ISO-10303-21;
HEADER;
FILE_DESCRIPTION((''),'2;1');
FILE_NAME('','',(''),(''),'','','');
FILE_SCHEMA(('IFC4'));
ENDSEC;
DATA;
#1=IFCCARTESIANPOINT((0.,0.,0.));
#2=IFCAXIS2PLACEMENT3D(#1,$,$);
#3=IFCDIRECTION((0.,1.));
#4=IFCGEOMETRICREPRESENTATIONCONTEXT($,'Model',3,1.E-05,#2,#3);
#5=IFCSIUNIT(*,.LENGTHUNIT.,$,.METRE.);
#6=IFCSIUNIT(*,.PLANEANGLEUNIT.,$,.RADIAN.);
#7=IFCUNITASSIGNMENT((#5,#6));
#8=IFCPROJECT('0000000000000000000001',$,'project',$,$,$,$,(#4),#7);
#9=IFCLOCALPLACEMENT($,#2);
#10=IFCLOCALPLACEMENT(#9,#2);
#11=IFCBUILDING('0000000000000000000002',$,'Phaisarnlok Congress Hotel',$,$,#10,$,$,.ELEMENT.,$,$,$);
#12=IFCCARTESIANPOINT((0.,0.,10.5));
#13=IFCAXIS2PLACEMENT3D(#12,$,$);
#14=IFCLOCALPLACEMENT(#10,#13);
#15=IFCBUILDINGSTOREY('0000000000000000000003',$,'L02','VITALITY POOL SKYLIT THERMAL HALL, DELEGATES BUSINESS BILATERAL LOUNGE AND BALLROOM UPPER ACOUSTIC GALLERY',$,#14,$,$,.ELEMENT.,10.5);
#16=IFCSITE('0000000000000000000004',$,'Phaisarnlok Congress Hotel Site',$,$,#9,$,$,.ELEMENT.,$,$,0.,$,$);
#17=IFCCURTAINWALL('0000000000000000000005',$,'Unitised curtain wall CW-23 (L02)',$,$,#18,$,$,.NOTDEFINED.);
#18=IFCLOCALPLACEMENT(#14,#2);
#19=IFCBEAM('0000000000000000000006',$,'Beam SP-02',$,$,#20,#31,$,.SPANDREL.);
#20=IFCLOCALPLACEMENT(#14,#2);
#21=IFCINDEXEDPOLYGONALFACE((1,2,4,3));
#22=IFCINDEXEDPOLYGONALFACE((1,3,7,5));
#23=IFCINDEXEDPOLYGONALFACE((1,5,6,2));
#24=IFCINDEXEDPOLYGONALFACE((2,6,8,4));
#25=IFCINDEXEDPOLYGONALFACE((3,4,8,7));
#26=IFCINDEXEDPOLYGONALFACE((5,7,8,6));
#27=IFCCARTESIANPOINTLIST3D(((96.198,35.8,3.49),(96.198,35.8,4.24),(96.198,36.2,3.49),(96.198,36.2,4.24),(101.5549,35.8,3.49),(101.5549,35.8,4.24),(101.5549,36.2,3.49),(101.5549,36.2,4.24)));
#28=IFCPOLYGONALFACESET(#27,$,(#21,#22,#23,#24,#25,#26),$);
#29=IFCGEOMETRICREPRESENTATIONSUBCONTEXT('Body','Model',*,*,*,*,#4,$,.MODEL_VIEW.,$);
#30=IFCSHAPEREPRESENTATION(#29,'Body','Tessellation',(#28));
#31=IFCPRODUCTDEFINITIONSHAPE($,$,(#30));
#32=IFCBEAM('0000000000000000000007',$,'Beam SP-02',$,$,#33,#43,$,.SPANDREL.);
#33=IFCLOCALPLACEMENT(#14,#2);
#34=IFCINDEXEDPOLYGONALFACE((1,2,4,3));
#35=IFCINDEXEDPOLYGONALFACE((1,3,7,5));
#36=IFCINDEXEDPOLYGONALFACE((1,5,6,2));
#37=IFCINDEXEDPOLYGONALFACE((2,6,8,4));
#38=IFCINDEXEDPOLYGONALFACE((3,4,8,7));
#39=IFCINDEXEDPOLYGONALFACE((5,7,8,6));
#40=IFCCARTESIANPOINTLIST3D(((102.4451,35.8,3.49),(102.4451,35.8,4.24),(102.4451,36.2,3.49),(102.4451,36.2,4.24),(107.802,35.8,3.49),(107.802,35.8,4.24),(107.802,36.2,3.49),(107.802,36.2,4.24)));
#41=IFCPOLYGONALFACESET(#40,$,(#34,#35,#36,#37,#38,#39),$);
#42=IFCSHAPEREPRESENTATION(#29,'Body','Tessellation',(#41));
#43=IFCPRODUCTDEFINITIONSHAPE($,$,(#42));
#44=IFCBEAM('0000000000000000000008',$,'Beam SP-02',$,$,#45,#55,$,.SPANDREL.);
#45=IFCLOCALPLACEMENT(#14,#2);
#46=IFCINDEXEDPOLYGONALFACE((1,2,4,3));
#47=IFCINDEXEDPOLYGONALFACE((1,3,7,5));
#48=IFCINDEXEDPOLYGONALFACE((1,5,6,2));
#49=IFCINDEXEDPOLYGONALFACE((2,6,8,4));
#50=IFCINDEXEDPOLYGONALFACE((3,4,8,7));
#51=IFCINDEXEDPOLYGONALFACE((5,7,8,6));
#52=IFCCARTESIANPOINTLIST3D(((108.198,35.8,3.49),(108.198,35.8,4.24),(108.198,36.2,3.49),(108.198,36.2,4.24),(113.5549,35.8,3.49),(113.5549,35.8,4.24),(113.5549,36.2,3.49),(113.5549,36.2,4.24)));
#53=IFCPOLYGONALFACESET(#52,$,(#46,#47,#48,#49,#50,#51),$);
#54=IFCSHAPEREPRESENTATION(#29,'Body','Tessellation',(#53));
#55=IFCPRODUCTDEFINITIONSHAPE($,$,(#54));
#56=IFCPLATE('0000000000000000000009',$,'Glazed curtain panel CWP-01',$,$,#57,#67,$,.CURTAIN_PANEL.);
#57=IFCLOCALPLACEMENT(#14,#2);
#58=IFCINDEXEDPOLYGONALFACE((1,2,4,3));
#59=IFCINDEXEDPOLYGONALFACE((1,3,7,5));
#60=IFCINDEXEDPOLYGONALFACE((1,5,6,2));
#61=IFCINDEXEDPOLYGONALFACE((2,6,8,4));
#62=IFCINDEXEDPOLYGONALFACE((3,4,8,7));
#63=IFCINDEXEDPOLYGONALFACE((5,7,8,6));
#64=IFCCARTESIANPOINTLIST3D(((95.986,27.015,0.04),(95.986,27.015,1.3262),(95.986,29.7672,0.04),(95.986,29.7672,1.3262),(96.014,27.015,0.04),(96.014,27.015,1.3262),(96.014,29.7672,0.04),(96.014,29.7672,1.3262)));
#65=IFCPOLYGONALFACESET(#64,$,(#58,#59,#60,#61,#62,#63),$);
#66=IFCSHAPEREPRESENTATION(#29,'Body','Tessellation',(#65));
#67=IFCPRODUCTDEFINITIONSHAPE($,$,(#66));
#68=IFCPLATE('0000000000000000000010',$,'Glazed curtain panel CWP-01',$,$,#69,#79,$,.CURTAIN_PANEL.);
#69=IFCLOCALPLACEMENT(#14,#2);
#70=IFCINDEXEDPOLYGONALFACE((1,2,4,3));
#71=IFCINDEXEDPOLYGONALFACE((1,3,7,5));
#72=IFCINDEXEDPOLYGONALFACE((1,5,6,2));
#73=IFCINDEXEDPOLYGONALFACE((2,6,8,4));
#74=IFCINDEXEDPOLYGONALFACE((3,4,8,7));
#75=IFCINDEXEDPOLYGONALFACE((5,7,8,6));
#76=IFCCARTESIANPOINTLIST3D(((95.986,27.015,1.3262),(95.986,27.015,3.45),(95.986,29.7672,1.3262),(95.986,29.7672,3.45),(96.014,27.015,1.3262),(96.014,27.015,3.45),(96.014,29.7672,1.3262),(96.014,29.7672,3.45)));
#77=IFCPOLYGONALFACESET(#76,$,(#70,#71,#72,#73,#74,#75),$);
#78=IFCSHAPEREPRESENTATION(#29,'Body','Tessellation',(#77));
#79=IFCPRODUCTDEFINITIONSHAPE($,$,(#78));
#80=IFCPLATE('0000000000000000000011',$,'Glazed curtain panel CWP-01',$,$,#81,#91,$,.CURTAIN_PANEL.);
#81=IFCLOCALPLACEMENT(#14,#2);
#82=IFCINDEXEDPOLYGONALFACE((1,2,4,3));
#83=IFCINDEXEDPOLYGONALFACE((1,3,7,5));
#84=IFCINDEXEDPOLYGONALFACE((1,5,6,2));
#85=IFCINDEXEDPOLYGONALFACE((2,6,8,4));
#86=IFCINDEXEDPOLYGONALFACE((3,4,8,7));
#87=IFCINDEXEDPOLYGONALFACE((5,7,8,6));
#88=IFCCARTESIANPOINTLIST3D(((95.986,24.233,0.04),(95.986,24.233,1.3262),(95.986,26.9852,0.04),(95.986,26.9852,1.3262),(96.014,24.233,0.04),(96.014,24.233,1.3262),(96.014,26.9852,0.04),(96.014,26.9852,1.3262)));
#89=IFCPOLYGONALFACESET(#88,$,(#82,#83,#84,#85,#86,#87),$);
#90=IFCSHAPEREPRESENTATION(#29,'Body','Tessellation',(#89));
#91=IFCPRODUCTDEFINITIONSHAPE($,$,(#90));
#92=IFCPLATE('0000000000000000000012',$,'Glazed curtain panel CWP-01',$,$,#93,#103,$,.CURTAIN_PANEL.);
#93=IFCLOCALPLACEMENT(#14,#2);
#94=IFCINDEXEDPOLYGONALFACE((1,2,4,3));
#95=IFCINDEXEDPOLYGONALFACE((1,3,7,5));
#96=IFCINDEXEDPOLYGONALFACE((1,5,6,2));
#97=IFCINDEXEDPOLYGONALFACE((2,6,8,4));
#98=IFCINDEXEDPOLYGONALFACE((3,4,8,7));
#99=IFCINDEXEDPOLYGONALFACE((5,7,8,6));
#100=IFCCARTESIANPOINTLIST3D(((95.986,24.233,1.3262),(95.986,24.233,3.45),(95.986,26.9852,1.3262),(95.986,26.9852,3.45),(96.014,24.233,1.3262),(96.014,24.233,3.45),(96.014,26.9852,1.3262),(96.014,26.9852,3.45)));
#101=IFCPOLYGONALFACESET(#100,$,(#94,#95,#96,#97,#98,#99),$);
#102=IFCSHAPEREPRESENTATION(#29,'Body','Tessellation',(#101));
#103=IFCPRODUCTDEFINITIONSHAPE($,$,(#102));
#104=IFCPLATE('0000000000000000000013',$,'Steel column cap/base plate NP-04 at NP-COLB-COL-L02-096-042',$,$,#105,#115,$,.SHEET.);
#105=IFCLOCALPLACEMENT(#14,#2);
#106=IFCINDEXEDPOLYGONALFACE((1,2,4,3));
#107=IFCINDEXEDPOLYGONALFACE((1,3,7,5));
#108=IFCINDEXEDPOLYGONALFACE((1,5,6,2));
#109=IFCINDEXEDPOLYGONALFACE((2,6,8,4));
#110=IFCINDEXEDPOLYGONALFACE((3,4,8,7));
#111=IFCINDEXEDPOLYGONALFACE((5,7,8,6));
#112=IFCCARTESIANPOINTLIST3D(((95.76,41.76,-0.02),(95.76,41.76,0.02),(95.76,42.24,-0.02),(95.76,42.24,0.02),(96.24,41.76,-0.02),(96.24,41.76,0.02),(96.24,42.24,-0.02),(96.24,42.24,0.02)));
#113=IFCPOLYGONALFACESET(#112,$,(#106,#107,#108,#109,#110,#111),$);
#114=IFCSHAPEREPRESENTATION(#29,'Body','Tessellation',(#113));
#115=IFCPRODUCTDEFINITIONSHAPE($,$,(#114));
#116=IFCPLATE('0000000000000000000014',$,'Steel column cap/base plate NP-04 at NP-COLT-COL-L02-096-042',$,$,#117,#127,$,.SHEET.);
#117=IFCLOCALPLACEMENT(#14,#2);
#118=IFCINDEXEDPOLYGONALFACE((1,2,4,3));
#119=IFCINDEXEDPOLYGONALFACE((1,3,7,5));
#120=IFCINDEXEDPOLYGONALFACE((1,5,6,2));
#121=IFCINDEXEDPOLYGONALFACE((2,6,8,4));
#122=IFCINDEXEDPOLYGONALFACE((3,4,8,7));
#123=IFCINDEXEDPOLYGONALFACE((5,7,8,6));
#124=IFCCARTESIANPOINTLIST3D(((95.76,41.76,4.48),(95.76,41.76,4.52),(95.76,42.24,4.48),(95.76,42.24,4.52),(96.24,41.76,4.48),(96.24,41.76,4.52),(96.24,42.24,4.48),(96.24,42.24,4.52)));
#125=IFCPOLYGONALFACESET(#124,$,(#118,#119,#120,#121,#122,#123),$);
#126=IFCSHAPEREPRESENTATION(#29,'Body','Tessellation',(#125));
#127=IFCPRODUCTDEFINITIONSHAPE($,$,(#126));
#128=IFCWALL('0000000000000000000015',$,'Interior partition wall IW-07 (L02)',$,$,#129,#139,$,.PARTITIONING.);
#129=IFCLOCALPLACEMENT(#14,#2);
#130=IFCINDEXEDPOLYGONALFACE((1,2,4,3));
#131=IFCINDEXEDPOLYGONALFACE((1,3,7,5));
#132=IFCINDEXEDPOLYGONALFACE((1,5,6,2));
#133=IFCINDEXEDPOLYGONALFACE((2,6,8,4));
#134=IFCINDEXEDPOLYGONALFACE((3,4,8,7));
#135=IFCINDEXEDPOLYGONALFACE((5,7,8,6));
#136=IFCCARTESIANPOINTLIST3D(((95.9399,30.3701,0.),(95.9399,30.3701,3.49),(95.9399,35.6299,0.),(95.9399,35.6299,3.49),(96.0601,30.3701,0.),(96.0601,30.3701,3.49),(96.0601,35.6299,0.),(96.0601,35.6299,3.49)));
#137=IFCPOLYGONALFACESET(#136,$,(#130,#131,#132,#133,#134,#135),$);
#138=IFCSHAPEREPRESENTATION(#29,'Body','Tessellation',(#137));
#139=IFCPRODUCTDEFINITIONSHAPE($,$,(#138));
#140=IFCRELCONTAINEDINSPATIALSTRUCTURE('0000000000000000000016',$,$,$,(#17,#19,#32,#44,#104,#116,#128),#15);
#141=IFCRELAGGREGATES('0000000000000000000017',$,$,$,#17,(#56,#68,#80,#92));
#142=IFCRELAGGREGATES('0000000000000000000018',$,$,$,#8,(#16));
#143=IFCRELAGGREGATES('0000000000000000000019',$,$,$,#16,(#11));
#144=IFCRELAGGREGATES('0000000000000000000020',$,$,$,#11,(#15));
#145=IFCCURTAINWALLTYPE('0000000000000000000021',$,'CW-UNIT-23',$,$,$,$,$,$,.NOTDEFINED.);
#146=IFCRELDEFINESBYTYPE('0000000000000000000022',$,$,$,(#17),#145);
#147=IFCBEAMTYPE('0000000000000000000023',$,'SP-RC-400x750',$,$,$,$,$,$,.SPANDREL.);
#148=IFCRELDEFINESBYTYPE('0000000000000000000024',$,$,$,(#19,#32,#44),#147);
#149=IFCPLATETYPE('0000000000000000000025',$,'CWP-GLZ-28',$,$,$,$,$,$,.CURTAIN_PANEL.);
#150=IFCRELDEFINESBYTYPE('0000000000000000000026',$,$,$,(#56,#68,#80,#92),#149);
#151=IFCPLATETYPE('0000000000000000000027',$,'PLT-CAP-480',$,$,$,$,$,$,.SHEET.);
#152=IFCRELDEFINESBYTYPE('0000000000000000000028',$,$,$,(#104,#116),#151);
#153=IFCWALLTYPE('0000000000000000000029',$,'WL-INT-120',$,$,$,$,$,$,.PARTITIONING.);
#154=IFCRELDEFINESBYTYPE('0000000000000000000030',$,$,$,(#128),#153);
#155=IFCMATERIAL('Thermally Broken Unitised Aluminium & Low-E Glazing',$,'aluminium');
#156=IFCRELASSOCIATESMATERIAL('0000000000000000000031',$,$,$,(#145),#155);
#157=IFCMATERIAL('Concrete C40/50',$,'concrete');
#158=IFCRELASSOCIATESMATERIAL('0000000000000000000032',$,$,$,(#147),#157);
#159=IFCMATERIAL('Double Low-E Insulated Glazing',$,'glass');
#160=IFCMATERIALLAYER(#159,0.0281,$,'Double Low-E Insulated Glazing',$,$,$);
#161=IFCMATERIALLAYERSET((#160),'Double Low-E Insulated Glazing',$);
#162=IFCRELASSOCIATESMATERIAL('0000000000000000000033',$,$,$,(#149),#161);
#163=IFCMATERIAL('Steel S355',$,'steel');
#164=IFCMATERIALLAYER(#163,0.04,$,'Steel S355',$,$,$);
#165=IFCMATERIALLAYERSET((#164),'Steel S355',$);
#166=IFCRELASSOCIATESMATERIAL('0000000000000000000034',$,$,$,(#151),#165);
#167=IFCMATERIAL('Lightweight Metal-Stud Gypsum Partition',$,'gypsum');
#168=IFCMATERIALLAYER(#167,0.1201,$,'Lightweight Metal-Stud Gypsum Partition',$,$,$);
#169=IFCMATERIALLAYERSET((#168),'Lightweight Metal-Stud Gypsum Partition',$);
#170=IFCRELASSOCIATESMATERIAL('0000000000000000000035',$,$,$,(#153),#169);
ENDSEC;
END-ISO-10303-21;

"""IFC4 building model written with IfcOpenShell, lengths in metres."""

from ifc_helpers import new_model, si_unit, direction, frame, frame_2d, origin, origin_2d, place, context, subcontext, project, spatial, rectangle, extrude, material, layer, layer_set, material_profile, profile_set, type_object, element, aggregate, save


model = new_model("IFC4")

# Units and contexts
model_context = context("Model", 3, precision=1e-05, world=origin(), true_north=direction((0.0, 1.0)))
body_context = subcontext(model_context, "Body", "Model", "MODEL_VIEW")
ifc_project = project(units=[si_unit("LENGTHUNIT", "METRE"), si_unit("PLANEANGLEUNIT", "RADIAN")], contexts=[model_context])

# Site, building, storey
site_placement = place(None, origin())
site = spatial("IfcSite", under=ifc_project, at=site_placement, Name="Phaisarnlok Congress Hotel Site", CompositionType="ELEMENT", RefElevation=0.0)
building_placement = place(site_placement, origin())
building = spatial("IfcBuilding", under=site, at=building_placement, Name="Phaisarnlok Congress Hotel", CompositionType="ELEMENT")
storey_placement = place(building_placement, frame((0.0, 0.0, 10.5)))
storey = spatial("IfcBuildingStorey", under=building, at=storey_placement, Name="L02", Description="VITALITY POOL SKYLIT THERMAL HALL, DELEGATES BUSINESS BILATERAL LOUNGE AND BALLROOM UPPER ACOUSTIC GALLERY", CompositionType="ELEMENT", Elevation=10.5)

# Shared definitions
ifc_material_1 = material(Name="Steel S355", Category="steel")

# Curtain wall
ifc_material_2 = material(Name="Thermally Broken Unitised Aluminium & Low-E Glazing", Category="aluminium")
curtain_wall_type = type_object("IfcCurtainWallType", Name="CW-UNIT-23", PredefinedType="NOTDEFINED", material=ifc_material_2)
curtain_wall_placement = place(storey_placement, origin())
curtain_wall = element("IfcCurtainWall", 1, at=curtain_wall_placement, inside=storey, type_object=curtain_wall_type, Name="Unitised curtain wall CW-23 (L02)", PredefinedType="NOTDEFINED")

# Beams
ifc_material_3 = material(Name="Concrete C40/50", Category="concrete")
ifc_material_profile_1 = material_profile(ifc_material_3, rectangle(XDim=0.3999, YDim=0.75, at=origin_2d()), Name="RC 400x750")
ifc_profile_set_1 = profile_set([ifc_material_profile_1], Name="Concrete C40/50")
beam_type = type_object("IfcBeamType", Name="SP-RC-400x750", PredefinedType="SPANDREL", material=ifc_profile_set_1)
for number, where, z_axis, x_axis, name in (
    (2, (96.198, 36.0, 3.865), (1.0, 0.0, 0.0), (0.0, 1.0, 0.0), "Beam SP-02"),
    (3, (102.4451, 36.0, 3.865), (1.0, 0.0, 0.0), (0.0, 1.0, 0.0), "Beam SP-02"),
    (4, (108.198, 36.0, 3.865), (1.0, 0.0, 0.0), (0.0, 1.0, 0.0), "Beam SP-02"),
):
    element("IfcBeam", number, at=place(storey_placement, frame(where, z_axis=z_axis, x_axis=x_axis)), inside=storey, type_object=beam_type, Name=name, PredefinedType="SPANDREL", context=body_context, shape_type="SweptSolid", body=[
        extrude(rectangle(XDim=0.3999, YDim=0.75, at=origin_2d()), origin(), (0.0, 0.0, 1.0), 5.3569),
    ])

# Plates
ifc_material_4 = material(Name="Double Low-E Insulated Glazing", Category="glass")
ifc_layer_1 = layer(ifc_material_4, 0.0281, Name="Double Low-E Insulated Glazing")
ifc_layer_set_1 = layer_set([ifc_layer_1], Name="Double Low-E Insulated Glazing")
plate_type_1 = type_object("IfcPlateType", Name="CWP-GLZ-28", PredefinedType="CURTAIN_PANEL", material=ifc_layer_set_1)
plate_1_placement = place(storey_placement, frame((96.0, 29.7671, 0.04), z_axis=(0.0, 0.0, 1.0), x_axis=(0.0, -1.0, 0.0)))
plate_1 = element("IfcPlate", 5, at=plate_1_placement, type_object=plate_type_1, Name="Glazed curtain panel CWP-01", PredefinedType="CURTAIN_PANEL", context=body_context, shape_type="SweptSolid", body=[
    extrude(rectangle(XDim=2.7522, YDim=0.0281, at=frame_2d((1.376, 0.0))), origin(), (0.0, 0.0, 1.0), 1.2861),
])
plate_2_placement = place(storey_placement, frame((96.0, 29.7671, 1.3262), z_axis=(0.0, 0.0, 1.0), x_axis=(0.0, -1.0, 0.0)))
plate_2 = element("IfcPlate", 6, at=plate_2_placement, type_object=plate_type_1, Name="Glazed curtain panel CWP-01", PredefinedType="CURTAIN_PANEL", context=body_context, shape_type="SweptSolid", body=[
    extrude(rectangle(XDim=2.7522, YDim=0.0281, at=frame_2d((1.376, 0.0))), origin(), (0.0, 0.0, 1.0), 2.1238),
])
plate_3_placement = place(storey_placement, frame((96.0, 26.9851, 0.04), z_axis=(0.0, 0.0, 1.0), x_axis=(0.0, -1.0, 0.0)))
plate_3 = element("IfcPlate", 7, at=plate_3_placement, type_object=plate_type_1, Name="Glazed curtain panel CWP-01", PredefinedType="CURTAIN_PANEL", context=body_context, shape_type="SweptSolid", body=[
    extrude(rectangle(XDim=2.7522, YDim=0.0281, at=frame_2d((1.376, 0.0))), origin(), (0.0, 0.0, 1.0), 1.2861),
])
plate_4_placement = place(storey_placement, frame((96.0, 26.9851, 1.3262), z_axis=(0.0, 0.0, 1.0), x_axis=(0.0, -1.0, 0.0)))
plate_4 = element("IfcPlate", 8, at=plate_4_placement, type_object=plate_type_1, Name="Glazed curtain panel CWP-01", PredefinedType="CURTAIN_PANEL", context=body_context, shape_type="SweptSolid", body=[
    extrude(rectangle(XDim=2.7522, YDim=0.0281, at=frame_2d((1.376, 0.0))), origin(), (0.0, 0.0, 1.0), 2.1238),
])
aggregate(curtain_wall, [plate_1, plate_2, plate_3, plate_4])

# Plates
ifc_layer_2 = layer(ifc_material_1, 0.04, Name="Steel S355")
ifc_layer_set_2 = layer_set([ifc_layer_2], Name="Steel S355")
plate_type_2 = type_object("IfcPlateType", Name="PLT-CAP-480", PredefinedType="SHEET", material=ifc_layer_set_2)
for number, where, z_axis, x_axis, name in (
    (9, (96.0, 42.0, -0.02), (0.0, 0.0, 1.0), (1.0, 0.0, 0.0), "Steel column cap/base plate NP-04 at NP-COLB-COL-L02-096-042"),
    (10, (96.0, 42.0, 4.48), (0.0, 0.0, 1.0), (1.0, 0.0, 0.0), "Steel column cap/base plate NP-04 at NP-COLT-COL-L02-096-042"),
):
    element("IfcPlate", number, at=place(storey_placement, frame(where, z_axis=z_axis, x_axis=x_axis)), inside=storey, type_object=plate_type_2, Name=name, PredefinedType="SHEET", context=body_context, shape_type="SweptSolid", body=[
        extrude(rectangle(XDim=0.48, YDim=0.48, at=origin_2d()), origin(), (0.0, 0.0, 1.0), 0.04),
    ])

# Wall
ifc_material_5 = material(Name="Lightweight Metal-Stud Gypsum Partition", Category="gypsum")
ifc_layer_3 = layer(ifc_material_5, 0.1201, Name="Lightweight Metal-Stud Gypsum Partition")
ifc_layer_set_3 = layer_set([ifc_layer_3], Name="Lightweight Metal-Stud Gypsum Partition")
wall_type = type_object("IfcWallType", Name="WL-INT-120", PredefinedType="PARTITIONING", material=ifc_layer_set_3)
wall_placement = place(storey_placement, frame((96.0, 30.3701, 0.0), z_axis=(0.0, 0.0, 1.0), x_axis=(0.0, 1.0, 0.0)))
element("IfcWall", 11, at=wall_placement, inside=storey, type_object=wall_type, Name="Interior partition wall IW-07 (L02)", PredefinedType="PARTITIONING", context=body_context, shape_type="SweptSolid", body=[
    extrude(rectangle(XDim=5.2598, YDim=0.1201, at=frame_2d((2.6299, 0.0))), origin(), (0.0, 0.0, 1.0), 3.49),
])

save(model, "model.ifc")
